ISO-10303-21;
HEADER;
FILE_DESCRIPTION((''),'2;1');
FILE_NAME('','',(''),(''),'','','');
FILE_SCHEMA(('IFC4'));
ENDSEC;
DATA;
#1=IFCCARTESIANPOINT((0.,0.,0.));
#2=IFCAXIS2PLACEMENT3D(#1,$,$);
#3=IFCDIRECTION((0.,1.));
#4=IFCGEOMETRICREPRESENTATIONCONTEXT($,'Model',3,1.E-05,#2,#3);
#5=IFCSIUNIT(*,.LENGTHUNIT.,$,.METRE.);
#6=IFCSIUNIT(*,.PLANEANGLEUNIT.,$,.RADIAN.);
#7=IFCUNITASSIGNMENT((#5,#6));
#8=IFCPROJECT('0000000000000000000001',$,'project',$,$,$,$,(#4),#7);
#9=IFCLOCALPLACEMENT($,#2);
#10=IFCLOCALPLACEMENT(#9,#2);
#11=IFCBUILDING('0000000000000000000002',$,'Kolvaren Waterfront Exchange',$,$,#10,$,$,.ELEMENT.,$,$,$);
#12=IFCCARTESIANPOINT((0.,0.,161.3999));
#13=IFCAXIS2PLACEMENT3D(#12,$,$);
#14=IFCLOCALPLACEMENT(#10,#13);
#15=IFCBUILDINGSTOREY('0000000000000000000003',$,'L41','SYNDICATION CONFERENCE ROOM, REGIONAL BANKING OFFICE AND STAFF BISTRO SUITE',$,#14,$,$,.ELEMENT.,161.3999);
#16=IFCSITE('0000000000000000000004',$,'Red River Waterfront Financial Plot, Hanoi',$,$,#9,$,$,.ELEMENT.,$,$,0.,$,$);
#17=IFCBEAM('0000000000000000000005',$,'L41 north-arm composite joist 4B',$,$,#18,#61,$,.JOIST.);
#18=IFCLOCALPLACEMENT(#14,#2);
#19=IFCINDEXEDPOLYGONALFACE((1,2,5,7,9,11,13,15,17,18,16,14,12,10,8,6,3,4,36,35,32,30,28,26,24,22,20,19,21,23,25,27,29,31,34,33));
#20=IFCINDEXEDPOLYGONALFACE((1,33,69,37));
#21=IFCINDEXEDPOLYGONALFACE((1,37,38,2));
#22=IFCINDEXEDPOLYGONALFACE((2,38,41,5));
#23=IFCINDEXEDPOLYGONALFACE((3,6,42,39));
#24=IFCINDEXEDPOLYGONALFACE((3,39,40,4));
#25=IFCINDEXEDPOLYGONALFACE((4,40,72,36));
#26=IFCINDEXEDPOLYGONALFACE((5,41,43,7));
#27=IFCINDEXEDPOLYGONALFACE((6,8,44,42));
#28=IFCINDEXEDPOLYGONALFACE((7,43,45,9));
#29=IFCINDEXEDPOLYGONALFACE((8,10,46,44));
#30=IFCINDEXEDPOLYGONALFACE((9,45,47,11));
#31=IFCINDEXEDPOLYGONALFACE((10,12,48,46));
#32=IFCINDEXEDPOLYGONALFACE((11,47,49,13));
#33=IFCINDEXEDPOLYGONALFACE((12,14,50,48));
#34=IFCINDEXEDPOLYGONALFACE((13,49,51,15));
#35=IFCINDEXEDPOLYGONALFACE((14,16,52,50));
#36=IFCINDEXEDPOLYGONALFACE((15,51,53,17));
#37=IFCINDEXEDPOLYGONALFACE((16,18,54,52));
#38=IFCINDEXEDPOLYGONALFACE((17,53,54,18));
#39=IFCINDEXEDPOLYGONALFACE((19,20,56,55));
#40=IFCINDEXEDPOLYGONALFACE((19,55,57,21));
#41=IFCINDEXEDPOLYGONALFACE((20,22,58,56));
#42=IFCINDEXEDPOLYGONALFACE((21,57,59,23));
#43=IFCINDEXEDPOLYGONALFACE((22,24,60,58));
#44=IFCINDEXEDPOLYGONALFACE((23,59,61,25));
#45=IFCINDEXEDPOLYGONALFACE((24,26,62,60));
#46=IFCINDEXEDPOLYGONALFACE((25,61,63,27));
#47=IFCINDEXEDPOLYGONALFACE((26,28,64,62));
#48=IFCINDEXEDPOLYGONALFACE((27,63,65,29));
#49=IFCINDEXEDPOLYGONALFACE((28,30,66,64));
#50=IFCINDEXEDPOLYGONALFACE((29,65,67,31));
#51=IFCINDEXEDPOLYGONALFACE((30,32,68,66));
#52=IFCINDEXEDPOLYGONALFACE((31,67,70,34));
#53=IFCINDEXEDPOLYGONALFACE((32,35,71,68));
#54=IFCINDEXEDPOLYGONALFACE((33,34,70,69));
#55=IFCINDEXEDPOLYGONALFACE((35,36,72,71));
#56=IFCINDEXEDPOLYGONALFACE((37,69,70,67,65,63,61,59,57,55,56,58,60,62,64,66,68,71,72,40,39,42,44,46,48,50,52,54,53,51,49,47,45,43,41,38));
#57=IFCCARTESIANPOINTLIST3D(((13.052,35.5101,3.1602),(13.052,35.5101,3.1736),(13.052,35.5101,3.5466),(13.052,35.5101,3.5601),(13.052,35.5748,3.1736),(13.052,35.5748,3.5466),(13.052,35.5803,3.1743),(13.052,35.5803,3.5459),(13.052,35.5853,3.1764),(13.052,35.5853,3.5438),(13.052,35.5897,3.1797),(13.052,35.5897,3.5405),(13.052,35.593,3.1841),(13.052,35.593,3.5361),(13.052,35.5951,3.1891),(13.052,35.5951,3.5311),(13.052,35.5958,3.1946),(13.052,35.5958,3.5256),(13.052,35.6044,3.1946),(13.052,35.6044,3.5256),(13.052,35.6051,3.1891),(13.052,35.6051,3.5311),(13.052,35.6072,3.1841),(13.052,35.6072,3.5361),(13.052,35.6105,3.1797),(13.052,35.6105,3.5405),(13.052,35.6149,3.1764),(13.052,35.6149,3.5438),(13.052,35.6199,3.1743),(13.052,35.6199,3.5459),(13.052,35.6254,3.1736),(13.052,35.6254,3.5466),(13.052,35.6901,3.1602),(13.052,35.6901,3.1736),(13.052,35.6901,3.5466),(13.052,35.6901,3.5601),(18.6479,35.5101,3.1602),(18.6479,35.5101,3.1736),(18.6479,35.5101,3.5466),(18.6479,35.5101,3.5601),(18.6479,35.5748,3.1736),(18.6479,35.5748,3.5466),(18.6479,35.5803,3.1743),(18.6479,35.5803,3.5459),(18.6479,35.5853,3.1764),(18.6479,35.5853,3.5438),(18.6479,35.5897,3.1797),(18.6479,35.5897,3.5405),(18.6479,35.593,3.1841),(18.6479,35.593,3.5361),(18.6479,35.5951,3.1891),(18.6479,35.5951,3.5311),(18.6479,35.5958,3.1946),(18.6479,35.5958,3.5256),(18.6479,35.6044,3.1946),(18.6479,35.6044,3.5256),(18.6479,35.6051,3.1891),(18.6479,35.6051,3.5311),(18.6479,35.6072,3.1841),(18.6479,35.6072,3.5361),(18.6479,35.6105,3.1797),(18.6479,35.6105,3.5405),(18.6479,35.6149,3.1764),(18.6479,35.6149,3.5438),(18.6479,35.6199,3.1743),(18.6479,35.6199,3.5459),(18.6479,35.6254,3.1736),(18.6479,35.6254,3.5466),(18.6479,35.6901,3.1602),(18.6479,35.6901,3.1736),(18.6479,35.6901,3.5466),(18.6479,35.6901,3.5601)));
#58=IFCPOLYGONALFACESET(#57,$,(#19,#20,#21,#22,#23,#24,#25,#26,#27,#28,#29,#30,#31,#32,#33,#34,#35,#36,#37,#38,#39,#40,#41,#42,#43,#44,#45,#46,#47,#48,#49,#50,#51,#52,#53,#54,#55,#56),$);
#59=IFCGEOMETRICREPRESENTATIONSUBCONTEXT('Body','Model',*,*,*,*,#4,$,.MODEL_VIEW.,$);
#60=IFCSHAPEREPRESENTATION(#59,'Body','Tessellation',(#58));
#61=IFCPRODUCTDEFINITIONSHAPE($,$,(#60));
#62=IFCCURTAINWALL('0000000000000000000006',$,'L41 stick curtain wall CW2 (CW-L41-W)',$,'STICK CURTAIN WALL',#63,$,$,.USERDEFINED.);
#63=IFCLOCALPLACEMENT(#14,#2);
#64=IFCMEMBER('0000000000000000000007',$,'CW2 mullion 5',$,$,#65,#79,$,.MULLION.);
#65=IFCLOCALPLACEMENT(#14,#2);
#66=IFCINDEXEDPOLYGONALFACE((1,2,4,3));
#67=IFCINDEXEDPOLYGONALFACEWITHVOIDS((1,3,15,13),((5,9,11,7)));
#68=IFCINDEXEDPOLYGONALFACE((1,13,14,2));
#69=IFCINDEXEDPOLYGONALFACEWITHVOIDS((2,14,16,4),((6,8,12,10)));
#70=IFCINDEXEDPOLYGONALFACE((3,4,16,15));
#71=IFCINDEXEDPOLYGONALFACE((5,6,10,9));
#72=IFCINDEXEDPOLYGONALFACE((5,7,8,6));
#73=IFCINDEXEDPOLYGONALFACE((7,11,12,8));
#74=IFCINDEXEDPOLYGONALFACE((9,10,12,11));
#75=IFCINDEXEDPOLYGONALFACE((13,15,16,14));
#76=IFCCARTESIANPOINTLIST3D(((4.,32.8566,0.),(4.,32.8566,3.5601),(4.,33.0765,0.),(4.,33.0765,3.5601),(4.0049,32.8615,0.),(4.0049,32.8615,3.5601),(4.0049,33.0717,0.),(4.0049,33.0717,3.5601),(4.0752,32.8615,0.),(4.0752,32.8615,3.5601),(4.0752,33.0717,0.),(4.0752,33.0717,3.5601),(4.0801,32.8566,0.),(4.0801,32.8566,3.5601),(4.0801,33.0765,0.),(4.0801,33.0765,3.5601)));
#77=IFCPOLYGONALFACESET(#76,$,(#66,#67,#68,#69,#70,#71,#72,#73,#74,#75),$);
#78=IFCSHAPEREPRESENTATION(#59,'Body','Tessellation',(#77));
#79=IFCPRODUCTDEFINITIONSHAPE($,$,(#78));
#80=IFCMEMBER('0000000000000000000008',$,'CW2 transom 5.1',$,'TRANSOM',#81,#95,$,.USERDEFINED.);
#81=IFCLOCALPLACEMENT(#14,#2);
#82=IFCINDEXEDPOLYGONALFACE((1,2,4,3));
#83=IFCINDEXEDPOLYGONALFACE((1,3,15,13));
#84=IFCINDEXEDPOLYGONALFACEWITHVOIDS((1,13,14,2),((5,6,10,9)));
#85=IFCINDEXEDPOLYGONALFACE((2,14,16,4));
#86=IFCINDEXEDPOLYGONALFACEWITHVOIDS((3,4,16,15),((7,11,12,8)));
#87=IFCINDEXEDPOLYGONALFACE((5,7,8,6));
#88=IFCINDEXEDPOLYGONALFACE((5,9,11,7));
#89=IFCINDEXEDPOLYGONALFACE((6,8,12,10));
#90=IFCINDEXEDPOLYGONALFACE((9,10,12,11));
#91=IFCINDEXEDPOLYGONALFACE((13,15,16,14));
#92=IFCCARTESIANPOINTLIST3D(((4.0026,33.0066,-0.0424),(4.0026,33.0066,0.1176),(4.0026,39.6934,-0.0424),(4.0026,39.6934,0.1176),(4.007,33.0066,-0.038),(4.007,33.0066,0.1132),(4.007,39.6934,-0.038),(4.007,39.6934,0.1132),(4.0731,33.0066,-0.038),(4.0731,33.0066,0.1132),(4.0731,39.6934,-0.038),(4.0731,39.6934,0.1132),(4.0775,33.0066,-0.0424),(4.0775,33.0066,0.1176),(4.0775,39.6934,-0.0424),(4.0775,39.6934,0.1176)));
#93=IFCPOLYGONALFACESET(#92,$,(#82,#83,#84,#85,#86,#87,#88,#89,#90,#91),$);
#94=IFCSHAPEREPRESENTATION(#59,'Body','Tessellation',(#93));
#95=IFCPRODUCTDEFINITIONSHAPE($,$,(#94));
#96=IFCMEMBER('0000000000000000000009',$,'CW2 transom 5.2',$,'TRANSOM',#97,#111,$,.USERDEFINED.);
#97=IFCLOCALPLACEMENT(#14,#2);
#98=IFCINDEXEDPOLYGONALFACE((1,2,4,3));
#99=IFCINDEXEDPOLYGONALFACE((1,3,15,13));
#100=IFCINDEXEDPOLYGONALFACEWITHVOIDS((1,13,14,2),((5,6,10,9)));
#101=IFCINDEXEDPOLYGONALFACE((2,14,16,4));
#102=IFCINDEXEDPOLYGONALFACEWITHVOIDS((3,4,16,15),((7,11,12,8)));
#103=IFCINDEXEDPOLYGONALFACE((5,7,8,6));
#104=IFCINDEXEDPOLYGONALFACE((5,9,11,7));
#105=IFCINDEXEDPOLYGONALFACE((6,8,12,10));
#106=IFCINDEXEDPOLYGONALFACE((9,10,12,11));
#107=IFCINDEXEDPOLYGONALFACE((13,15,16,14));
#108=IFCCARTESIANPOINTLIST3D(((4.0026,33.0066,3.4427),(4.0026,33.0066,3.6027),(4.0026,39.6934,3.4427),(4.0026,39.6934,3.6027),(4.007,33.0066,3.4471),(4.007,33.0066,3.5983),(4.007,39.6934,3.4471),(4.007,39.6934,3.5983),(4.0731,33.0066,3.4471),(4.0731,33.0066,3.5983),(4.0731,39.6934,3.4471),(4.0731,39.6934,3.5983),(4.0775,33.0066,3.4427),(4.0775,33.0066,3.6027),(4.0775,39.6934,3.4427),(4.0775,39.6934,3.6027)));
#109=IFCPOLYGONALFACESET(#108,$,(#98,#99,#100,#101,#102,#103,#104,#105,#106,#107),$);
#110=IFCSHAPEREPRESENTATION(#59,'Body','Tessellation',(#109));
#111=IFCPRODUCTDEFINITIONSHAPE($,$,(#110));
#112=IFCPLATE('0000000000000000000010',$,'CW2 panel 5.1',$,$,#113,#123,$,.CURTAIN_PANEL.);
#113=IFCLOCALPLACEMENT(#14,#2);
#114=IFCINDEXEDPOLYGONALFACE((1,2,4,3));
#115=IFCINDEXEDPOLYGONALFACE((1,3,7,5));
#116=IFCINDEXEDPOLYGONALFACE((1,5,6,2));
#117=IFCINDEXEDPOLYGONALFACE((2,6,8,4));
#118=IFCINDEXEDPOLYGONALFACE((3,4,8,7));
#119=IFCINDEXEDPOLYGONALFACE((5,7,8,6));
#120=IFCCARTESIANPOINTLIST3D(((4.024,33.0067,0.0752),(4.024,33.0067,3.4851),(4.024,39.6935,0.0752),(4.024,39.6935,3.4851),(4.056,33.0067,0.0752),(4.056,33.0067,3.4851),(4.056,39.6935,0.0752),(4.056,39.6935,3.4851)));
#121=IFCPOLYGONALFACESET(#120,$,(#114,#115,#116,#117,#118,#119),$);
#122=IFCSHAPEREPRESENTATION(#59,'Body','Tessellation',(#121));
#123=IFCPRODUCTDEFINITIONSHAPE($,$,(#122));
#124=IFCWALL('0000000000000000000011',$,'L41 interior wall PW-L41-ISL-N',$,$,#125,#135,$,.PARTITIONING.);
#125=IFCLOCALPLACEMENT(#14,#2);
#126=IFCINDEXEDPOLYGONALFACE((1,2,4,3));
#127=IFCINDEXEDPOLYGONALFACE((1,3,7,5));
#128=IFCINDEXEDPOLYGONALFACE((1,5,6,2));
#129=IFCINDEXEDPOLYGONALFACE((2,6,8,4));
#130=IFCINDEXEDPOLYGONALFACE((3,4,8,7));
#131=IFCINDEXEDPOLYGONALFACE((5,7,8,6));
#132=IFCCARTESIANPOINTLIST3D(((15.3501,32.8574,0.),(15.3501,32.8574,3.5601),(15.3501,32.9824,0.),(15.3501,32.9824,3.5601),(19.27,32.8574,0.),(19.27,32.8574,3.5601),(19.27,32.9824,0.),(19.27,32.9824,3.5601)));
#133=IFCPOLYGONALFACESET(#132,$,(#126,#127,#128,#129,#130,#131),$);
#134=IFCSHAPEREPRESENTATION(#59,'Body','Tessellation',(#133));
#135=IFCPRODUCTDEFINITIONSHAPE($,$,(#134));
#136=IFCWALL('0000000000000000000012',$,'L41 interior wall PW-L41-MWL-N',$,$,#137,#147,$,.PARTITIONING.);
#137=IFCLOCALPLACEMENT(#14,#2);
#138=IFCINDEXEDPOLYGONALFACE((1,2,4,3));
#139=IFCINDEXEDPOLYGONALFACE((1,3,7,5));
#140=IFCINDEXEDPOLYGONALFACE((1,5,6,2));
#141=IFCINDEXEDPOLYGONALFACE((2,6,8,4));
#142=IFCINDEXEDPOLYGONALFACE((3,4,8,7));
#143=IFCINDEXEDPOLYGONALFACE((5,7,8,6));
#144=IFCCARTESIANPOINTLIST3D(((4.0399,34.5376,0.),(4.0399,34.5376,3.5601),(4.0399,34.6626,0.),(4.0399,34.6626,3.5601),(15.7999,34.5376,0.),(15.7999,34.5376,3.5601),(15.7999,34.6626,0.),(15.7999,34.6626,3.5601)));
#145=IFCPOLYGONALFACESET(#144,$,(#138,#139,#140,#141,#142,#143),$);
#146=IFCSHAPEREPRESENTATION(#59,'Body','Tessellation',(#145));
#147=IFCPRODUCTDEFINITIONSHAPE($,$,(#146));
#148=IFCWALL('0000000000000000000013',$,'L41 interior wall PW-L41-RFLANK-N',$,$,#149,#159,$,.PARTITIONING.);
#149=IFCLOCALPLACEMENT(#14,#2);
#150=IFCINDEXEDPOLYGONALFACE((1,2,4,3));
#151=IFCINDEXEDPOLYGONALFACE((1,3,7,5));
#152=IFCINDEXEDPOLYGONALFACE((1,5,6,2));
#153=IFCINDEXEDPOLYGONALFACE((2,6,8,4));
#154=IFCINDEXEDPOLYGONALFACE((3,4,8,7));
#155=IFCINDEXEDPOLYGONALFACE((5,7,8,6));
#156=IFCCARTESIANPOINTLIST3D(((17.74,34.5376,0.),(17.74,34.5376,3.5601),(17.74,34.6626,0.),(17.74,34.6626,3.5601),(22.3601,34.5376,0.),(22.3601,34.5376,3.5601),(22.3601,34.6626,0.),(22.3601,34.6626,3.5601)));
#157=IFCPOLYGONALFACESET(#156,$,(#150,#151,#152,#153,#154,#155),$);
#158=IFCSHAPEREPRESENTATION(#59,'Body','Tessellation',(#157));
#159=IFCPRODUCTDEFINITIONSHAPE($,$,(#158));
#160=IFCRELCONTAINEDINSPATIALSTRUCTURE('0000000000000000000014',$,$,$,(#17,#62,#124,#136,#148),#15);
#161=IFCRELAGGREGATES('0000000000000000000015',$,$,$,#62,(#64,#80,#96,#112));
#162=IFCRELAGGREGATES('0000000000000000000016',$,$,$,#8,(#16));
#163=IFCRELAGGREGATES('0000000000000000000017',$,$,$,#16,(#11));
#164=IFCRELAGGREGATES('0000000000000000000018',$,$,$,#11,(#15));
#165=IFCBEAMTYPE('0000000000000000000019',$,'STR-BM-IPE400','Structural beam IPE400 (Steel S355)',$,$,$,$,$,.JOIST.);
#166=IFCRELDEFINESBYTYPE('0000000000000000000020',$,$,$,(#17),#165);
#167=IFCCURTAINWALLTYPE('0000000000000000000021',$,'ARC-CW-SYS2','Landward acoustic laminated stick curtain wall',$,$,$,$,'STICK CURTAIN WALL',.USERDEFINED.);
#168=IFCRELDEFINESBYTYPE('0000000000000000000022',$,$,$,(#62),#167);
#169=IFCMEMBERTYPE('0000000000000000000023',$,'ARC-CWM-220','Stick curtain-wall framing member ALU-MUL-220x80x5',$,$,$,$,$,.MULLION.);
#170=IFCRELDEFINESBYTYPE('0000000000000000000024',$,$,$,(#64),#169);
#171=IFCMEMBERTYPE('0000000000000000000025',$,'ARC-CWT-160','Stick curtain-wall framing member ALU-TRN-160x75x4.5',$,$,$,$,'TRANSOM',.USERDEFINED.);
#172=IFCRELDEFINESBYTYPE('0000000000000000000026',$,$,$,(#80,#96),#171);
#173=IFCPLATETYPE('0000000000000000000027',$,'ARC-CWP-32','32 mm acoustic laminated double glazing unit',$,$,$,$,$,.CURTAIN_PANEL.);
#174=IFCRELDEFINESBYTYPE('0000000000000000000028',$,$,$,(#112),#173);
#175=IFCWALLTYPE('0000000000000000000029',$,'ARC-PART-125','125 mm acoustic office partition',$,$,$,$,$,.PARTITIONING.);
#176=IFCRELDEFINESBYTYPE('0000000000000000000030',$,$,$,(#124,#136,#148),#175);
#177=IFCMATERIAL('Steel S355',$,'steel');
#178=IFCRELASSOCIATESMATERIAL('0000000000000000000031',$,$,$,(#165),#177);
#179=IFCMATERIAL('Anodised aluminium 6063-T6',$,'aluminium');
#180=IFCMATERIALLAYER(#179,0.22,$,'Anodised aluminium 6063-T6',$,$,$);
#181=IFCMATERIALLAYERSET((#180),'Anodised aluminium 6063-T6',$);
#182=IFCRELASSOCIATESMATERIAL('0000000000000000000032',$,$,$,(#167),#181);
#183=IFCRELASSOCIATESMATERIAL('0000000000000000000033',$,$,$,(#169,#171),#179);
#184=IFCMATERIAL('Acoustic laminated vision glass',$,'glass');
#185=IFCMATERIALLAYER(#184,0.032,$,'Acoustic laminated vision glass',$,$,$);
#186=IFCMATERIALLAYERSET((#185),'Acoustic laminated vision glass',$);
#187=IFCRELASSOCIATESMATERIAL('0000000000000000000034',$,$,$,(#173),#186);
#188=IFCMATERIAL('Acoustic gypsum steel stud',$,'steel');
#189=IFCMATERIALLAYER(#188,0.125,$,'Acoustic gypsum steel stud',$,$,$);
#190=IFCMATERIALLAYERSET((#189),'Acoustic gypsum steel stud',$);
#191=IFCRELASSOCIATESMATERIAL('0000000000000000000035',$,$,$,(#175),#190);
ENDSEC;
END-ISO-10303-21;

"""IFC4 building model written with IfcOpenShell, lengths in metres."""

from ifc_helpers import new_model, si_unit, direction, frame, frame_2d, origin, origin_with_axes, origin_2d, place, context, subcontext, project, spatial, rectangle, hollow_rectangle, i_section, extrude, source, transform, mapped, material, layer, layer_set, material_profile, profile_set, type_object, element, aggregate, save


model = new_model("IFC4")

# Units and contexts
model_context = context("Model", 3, precision=1e-05, world=origin(), true_north=direction((0.0, 1.0)))
body_context = subcontext(model_context, "Body", "Model", "MODEL_VIEW")
ifc_project = project(units=[si_unit("LENGTHUNIT", "METRE"), si_unit("PLANEANGLEUNIT", "RADIAN")], contexts=[model_context])

# Site, building, storey
site_placement = place(None, origin())
site = spatial("IfcSite", under=ifc_project, at=site_placement, Name="Red River Waterfront Financial Plot, Hanoi", CompositionType="ELEMENT", RefElevation=0.0)
building_placement = place(site_placement, origin())
building = spatial("IfcBuilding", under=site, at=building_placement, Name="Kolvaren Waterfront Exchange", CompositionType="ELEMENT")
storey_placement = place(building_placement, frame((0.0, 0.0, 161.3999)))
storey = spatial("IfcBuildingStorey", under=building, at=storey_placement, Name="L41", Description="SYNDICATION CONFERENCE ROOM, REGIONAL BANKING OFFICE AND STAFF BISTRO SUITE", CompositionType="ELEMENT", Elevation=161.3999)

# Beam
ifc_material_1 = material(Name="Steel S355", Category="steel")
ifc_material_profile_1 = material_profile(ifc_material_1, i_section(OverallWidth=0.1799, OverallDepth=0.3999, WebThickness=0.0085, FlangeThickness=0.0134, FilletRadius=0.021, at=origin_2d()), Name="IPE400")
ifc_profile_set_1 = profile_set([ifc_material_profile_1], Name="Steel S355")
beam_type_1 = type_object("IfcBeamType", Name="STR-BM-IPE400", Description="Structural beam IPE400 (Steel S355)", PredefinedType="JOIST", material=ifc_profile_set_1)
beam_1_placement = place(storey_placement, frame((13.052, 35.6001, 3.3601), z_axis=(1.0, 0.0, 0.0), x_axis=(0.0, 1.0, 0.0)))
element("IfcBeam", 1, at=beam_1_placement, inside=storey, type_object=beam_type_1, Name="L41 north-arm composite joist 4B", PredefinedType="JOIST", context=body_context, shape_type="SweptSolid", body=[
    extrude(i_section(OverallWidth=0.1799, OverallDepth=0.3999, WebThickness=0.0085, FlangeThickness=0.0134, FilletRadius=0.021, at=origin_2d()), origin(), (0.0, 0.0, 1.0), 5.5959),
])

# Curtain wall, members, plate
ifc_material_2 = material(Name="Anodised aluminium 6063-T6", Category="aluminium")
ifc_layer_1 = layer(ifc_material_2, 0.22, Name="Anodised aluminium 6063-T6")
ifc_layer_set_1 = layer_set([ifc_layer_1], Name="Anodised aluminium 6063-T6")
curtain_wall_type = type_object("IfcCurtainWallType", Name="ARC-CW-SYS2", Description="Landward acoustic laminated stick curtain wall", ElementType="STICK CURTAIN WALL", PredefinedType="USERDEFINED", material=ifc_layer_set_1)
curtain_wall_placement = place(storey_placement, origin())
curtain_wall = element("IfcCurtainWall", 2, at=curtain_wall_placement, inside=storey, type_object=curtain_wall_type, Name="L41 stick curtain wall CW2 (CW-L41-W)", ObjectType="STICK CURTAIN WALL", PredefinedType="USERDEFINED")
ifc_material_profile_2 = material_profile(ifc_material_2, hollow_rectangle(XDim=0.0801, YDim=0.22, WallThickness=0.0049, at=origin_2d()), Name="ALU-MUL-220x80x5")
ifc_profile_set_2 = profile_set([ifc_material_profile_2], Name="Anodised aluminium 6063-T6")
member_type_1 = type_object("IfcMemberType", Name="ARC-CWM-220", Description="Stick curtain-wall framing member ALU-MUL-220x80x5", PredefinedType="MULLION", material=ifc_profile_set_2)
shared_shape_1 = source(origin_with_axes(), body_context, "Body", "SweptSolid", [
    extrude(hollow_rectangle(XDim=0.0801, YDim=0.22, WallThickness=0.0049, at=origin_2d()), origin(), (0.0, 0.0, 1.0), 3.5601),
])
member_1_placement = place(storey_placement, frame((4.04, 32.9666, 0.0), z_axis=(0.0, 0.0, 1.0), x_axis=(-1.0, 0.0, 0.0)))
member_1 = element("IfcMember", 3, at=member_1_placement, type_object=member_type_1, Name="CW2 mullion 5", PredefinedType="MULLION", context=body_context, shape_type="MappedRepresentation", body=[
    mapped(shared_shape_1, transform((0.0, 0.0, 0.0), x_axis=(1.0, 0.0, 0.0), y_axis=(0.0, 1.0, 0.0), z_axis=(0.0, 0.0, 1.0), scale=1.0)),
])
ifc_material_profile_3 = material_profile(ifc_material_2, hollow_rectangle(XDim=0.075, YDim=0.1599, WallThickness=0.0044, at=origin_2d()), Name="ALU-TRN-160x75x4.5")
ifc_profile_set_3 = profile_set([ifc_material_profile_3], Name="Anodised aluminium 6063-T6")
member_type_2 = type_object("IfcMemberType", Name="ARC-CWT-160", Description="Stick curtain-wall framing member ALU-TRN-160x75x4.5", ElementType="TRANSOM", PredefinedType="USERDEFINED", material=ifc_profile_set_3)
shared_shape_2 = source(origin_with_axes(), body_context, "Body", "SweptSolid", [
    extrude(hollow_rectangle(XDim=0.075, YDim=0.1599, WallThickness=0.0044, at=origin_2d()), origin(), (0.0, 0.0, 1.0), 6.6868),
])
member_2_placement = place(storey_placement, frame((4.04, 33.0066, 0.0376), z_axis=(0.0, 1.0, 0.0), x_axis=(-1.0, 0.0, 0.0)))
member_2 = element("IfcMember", 4, at=member_2_placement, type_object=member_type_2, Name="CW2 transom 5.1", ObjectType="TRANSOM", PredefinedType="USERDEFINED", context=body_context, shape_type="MappedRepresentation", body=[
    mapped(shared_shape_2, transform((0.0, 0.0, 0.0), x_axis=(1.0, 0.0, 0.0), y_axis=(0.0, 1.0, 0.0), z_axis=(0.0, 0.0, 1.0), scale=1.0)),
])
member_3_placement = place(storey_placement, frame((4.04, 33.0066, 3.5227), z_axis=(0.0, 1.0, 0.0), x_axis=(-1.0, 0.0, 0.0)))
member_3 = element("IfcMember", 5, at=member_3_placement, type_object=member_type_2, Name="CW2 transom 5.2", ObjectType="TRANSOM", PredefinedType="USERDEFINED", context=body_context, shape_type="MappedRepresentation", body=[
    mapped(shared_shape_2, transform((0.0, 0.0, 0.0), x_axis=(1.0, 0.0, 0.0), y_axis=(0.0, 1.0, 0.0), z_axis=(0.0, 0.0, 1.0), scale=1.0)),
])
ifc_material_3 = material(Name="Acoustic laminated vision glass", Category="glass")
ifc_layer_2 = layer(ifc_material_3, 0.032, Name="Acoustic laminated vision glass")
ifc_layer_set_2 = layer_set([ifc_layer_2], Name="Acoustic laminated vision glass")
plate_type = type_object("IfcPlateType", Name="ARC-CWP-32", Description="32 mm acoustic laminated double glazing unit", PredefinedType="CURTAIN_PANEL", material=ifc_layer_set_2)
shared_shape_3 = source(origin_with_axes(), body_context, "Body", "SweptSolid", [
    extrude(rectangle(XDim=6.6868, YDim=0.032, at=origin_2d()), origin(), (0.0, 0.0, 1.0), 3.4099),
])
plate_placement = place(storey_placement, frame((4.04, 36.3501, 0.0752), z_axis=(0.0, 0.0, 1.0), x_axis=(0.0, 1.0, 0.0)))
plate = element("IfcPlate", 6, at=plate_placement, type_object=plate_type, Name="CW2 panel 5.1", PredefinedType="CURTAIN_PANEL", context=body_context, shape_type="MappedRepresentation", body=[
    mapped(shared_shape_3, transform((0.0, 0.0, 0.0), x_axis=(1.0, 0.0, 0.0), y_axis=(0.0, 1.0, 0.0), z_axis=(0.0, 0.0, 1.0), scale=1.0)),
])
aggregate(curtain_wall, [member_1, member_2, member_3, plate])

# Walls
ifc_material_4 = material(Name="Acoustic gypsum steel stud", Category="steel")
ifc_layer_3 = layer(ifc_material_4, 0.125, Name="Acoustic gypsum steel stud")
ifc_layer_set_3 = layer_set([ifc_layer_3], Name="Acoustic gypsum steel stud")
wall_type = type_object("IfcWallType", Name="ARC-PART-125", Description="125 mm acoustic office partition", PredefinedType="PARTITIONING", material=ifc_layer_set_3)
wall_1_placement = place(storey_placement, frame((15.3501, 32.9199, 0.0), z_axis=(0.0, 0.0, 1.0), x_axis=(1.0, 0.0, 0.0)))
element("IfcWall", 7, at=wall_1_placement, inside=storey, type_object=wall_type, Name="L41 interior wall PW-L41-ISL-N", PredefinedType="PARTITIONING", context=body_context, shape_type="SweptSolid", body=[
    extrude(rectangle(XDim=3.9199, YDim=0.125, at=frame_2d((1.96, 0.0))), origin(), (0.0, 0.0, 1.0), 3.5601),
])
wall_2_placement = place(storey_placement, frame((4.04, 34.6001, 0.0), z_axis=(0.0, 0.0, 1.0), x_axis=(1.0, 0.0, 0.0)))
element("IfcWall", 8, at=wall_2_placement, inside=storey, type_object=wall_type, Name="L41 interior wall PW-L41-MWL-N", PredefinedType="PARTITIONING", context=body_context, shape_type="SweptSolid", body=[
    extrude(rectangle(XDim=11.76, YDim=0.125, at=frame_2d((5.8799, 0.0))), origin(), (0.0, 0.0, 1.0), 3.5601),
])
wall_3_placement = place(storey_placement, frame((17.74, 34.6001, 0.0), z_axis=(0.0, 0.0, 1.0), x_axis=(1.0, 0.0, 0.0)))
element("IfcWall", 9, at=wall_3_placement, inside=storey, type_object=wall_type, Name="L41 interior wall PW-L41-RFLANK-N", PredefinedType="PARTITIONING", context=body_context, shape_type="SweptSolid", body=[
    extrude(rectangle(XDim=4.6201, YDim=0.125, at=frame_2d((2.3101, 0.0))), origin(), (0.0, 0.0, 1.0), 3.5601),
])

save(model, "model.ifc")
